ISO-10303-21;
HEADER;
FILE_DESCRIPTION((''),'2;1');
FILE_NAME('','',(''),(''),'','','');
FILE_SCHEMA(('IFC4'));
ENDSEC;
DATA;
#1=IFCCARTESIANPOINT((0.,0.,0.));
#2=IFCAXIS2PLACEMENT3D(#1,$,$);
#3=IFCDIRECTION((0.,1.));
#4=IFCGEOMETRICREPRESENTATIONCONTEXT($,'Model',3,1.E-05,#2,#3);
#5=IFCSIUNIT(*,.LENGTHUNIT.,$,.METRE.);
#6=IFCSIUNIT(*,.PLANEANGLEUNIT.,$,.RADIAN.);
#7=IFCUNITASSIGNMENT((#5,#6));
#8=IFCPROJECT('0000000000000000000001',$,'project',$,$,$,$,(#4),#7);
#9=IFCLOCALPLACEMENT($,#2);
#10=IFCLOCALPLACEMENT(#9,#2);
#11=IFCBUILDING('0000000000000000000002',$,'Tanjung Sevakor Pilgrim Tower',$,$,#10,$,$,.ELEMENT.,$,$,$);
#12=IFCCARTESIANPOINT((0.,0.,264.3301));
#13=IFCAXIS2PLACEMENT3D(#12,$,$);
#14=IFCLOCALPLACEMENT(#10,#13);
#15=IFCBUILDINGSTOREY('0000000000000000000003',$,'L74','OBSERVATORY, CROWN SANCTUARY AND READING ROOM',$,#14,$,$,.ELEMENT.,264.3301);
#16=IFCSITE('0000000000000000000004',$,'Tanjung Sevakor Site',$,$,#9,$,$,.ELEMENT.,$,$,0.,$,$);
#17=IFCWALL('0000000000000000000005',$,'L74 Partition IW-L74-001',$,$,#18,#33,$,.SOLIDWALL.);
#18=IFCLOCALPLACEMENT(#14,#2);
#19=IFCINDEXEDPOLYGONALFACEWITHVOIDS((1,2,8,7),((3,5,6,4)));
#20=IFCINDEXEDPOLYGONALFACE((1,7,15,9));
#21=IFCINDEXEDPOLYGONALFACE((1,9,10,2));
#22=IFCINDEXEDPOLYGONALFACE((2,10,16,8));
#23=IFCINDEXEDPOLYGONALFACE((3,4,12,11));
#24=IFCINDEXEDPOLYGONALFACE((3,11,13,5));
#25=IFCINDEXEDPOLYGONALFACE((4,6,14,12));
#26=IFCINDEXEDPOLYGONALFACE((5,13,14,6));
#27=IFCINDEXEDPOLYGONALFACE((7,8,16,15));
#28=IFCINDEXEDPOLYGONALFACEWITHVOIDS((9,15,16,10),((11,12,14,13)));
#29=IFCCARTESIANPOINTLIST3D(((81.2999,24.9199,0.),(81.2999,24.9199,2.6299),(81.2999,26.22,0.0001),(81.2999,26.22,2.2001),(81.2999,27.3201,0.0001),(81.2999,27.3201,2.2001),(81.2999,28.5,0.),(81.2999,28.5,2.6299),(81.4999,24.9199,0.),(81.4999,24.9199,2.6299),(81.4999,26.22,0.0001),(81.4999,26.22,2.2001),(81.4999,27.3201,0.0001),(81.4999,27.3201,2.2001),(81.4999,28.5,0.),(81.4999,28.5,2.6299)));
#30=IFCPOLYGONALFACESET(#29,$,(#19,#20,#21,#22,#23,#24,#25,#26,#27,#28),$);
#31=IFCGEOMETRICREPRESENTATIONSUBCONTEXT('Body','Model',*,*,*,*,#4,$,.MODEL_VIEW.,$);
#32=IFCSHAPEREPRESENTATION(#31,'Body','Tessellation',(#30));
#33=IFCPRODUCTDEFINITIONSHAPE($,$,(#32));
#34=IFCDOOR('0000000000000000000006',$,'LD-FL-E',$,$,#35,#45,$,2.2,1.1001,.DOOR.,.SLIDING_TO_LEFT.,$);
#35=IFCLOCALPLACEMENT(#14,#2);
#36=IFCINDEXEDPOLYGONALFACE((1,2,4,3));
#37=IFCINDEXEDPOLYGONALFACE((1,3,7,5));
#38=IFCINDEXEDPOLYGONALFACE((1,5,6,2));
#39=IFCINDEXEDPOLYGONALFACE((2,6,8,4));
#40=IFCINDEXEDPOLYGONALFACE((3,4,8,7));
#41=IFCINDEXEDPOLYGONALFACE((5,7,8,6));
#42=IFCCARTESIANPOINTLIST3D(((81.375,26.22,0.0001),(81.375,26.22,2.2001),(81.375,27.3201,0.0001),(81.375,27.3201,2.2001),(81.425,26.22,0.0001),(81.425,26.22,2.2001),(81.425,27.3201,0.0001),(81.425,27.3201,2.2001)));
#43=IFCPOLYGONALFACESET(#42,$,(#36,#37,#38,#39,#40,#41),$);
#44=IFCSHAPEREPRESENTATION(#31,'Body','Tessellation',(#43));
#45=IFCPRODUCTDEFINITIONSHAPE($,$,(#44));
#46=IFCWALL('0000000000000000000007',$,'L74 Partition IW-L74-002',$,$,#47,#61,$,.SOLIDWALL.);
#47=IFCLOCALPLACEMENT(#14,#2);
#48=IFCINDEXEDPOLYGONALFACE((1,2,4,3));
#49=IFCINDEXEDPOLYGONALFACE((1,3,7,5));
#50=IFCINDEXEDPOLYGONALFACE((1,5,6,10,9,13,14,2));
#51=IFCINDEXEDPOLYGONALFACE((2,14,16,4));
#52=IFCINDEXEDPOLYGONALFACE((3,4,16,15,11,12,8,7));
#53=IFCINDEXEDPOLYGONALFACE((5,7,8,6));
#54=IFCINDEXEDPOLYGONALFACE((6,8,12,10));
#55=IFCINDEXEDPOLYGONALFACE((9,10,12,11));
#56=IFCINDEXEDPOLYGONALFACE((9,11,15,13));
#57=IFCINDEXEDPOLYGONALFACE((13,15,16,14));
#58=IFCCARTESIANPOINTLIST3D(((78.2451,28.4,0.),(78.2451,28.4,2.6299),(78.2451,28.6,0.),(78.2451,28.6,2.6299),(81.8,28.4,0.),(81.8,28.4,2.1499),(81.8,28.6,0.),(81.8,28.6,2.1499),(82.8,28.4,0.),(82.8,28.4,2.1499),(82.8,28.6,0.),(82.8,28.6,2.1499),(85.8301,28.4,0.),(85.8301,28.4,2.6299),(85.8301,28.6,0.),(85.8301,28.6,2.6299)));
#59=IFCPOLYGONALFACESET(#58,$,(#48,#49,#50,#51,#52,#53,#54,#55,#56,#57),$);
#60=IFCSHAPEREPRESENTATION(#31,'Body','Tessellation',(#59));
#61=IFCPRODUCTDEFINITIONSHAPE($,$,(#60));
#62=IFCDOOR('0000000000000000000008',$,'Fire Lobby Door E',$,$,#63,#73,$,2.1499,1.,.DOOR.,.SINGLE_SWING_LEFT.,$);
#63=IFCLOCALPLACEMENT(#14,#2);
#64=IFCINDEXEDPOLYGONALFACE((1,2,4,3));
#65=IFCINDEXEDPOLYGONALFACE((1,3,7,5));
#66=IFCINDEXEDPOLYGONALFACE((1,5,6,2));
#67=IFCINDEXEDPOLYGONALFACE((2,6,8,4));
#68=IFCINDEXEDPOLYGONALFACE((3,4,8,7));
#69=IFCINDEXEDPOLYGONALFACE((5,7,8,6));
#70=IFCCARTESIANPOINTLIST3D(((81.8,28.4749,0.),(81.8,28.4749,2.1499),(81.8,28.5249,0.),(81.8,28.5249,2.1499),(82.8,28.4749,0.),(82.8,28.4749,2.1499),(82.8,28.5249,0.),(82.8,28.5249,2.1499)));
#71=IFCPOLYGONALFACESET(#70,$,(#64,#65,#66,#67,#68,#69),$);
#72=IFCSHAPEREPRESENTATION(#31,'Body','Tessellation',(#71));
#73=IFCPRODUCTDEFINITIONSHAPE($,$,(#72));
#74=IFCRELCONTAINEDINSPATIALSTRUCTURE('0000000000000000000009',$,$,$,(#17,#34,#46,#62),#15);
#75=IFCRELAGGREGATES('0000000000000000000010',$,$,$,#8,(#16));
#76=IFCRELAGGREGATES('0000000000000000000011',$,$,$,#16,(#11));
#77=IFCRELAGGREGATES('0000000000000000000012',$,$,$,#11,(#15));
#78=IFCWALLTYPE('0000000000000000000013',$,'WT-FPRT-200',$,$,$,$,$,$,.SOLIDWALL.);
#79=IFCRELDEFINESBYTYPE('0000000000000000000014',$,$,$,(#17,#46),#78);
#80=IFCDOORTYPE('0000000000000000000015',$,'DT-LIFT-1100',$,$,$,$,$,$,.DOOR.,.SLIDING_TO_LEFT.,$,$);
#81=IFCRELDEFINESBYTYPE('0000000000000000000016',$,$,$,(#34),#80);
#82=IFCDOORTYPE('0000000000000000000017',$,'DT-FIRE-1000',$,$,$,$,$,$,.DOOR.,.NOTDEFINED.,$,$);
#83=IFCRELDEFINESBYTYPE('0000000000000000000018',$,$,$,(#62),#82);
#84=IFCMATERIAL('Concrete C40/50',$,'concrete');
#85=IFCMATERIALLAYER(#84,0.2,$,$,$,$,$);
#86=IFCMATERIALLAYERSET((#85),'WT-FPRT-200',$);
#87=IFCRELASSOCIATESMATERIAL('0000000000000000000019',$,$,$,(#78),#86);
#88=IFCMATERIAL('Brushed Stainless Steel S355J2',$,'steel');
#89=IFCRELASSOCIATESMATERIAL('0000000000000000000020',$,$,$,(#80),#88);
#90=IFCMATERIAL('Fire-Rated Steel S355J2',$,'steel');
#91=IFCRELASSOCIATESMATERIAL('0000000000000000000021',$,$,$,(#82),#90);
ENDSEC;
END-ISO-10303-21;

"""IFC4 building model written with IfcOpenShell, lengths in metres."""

from ifc_helpers import new_model, si_unit, direction, frame, frame_2d, origin, place, context, subcontext, project, spatial, rectangle, extrude, material, layer, layer_set, type_object, element, fill, save


model = new_model("IFC4")

# Units and contexts
model_context = context("Model", 3, precision=1e-05, world=origin(), true_north=direction((0.0, 1.0)))
body_context = subcontext(model_context, "Body", "Model", "MODEL_VIEW")
ifc_project = project(units=[si_unit("LENGTHUNIT", "METRE"), si_unit("PLANEANGLEUNIT", "RADIAN")], contexts=[model_context])

# Site, building, storey
site_placement = place(None, origin())
site = spatial("IfcSite", under=ifc_project, at=site_placement, Name="Tanjung Sevakor Site", CompositionType="ELEMENT", RefElevation=0.0)
building_placement = place(site_placement, origin())
building = spatial("IfcBuilding", under=site, at=building_placement, Name="Tanjung Sevakor Pilgrim Tower", CompositionType="ELEMENT")
storey_placement = place(building_placement, frame((0.0, 0.0, 264.3301)))
storey = spatial("IfcBuildingStorey", under=building, at=storey_placement, Name="L74", Description="OBSERVATORY, CROWN SANCTUARY AND READING ROOM", CompositionType="ELEMENT", Elevation=264.3301)

# Walls, openings, doors
ifc_material_1 = material(Name="Concrete C40/50", Category="concrete")
ifc_layer_1 = layer(ifc_material_1, 0.2)
ifc_layer_set_1 = layer_set([ifc_layer_1], Name="WT-FPRT-200")
wall_type_1 = type_object("IfcWallType", Name="WT-FPRT-200", PredefinedType="SOLIDWALL", material=ifc_layer_set_1)
wall_1_placement = place(storey_placement, frame((81.3999, 24.9199, 0.0), z_axis=(0.0, 0.0, 1.0), x_axis=(0.0, 1.0, 0.0)))
wall_1 = element("IfcWall", 1, at=wall_1_placement, inside=storey, type_object=wall_type_1, Name="L74 Partition IW-L74-001", PredefinedType="SOLIDWALL", context=body_context, shape_type="SweptSolid", body=[
    extrude(rectangle(XDim=3.5801, YDim=0.2, at=frame_2d((1.79, 0.0))), origin(), (0.0, 0.0, 1.0), 2.6299),
])
opening_1_placement = place(wall_1_placement, frame((1.3, 0.0, 0.0)))
opening_1 = element("IfcOpeningElement", 2, at=opening_1_placement, cuts=wall_1, PredefinedType="OPENING", context=body_context, shape_type="SweptSolid", body=[
    extrude(rectangle(XDim=1.1001, YDim=2.2, at=frame_2d((0.55, 1.1001))), frame((0.0, 0.1099, 0.0), z_axis=(0.0, -1.0, 0.0), x_axis=(1.0, 0.0, 0.0)), (0.0, 0.0, 1.0), 0.22),
])
ifc_material_2 = material(Name="Brushed Stainless Steel S355J2", Category="steel")
door_type_1 = type_object("IfcDoorType", Name="DT-LIFT-1100", OperationType="SLIDING_TO_LEFT", PredefinedType="DOOR", material=ifc_material_2)
door_1_placement = place(opening_1_placement, origin())
door_1 = element("IfcDoor", 3, at=door_1_placement, inside=storey, type_object=door_type_1, Name="LD-FL-E", OperationType="SLIDING_TO_LEFT", OverallHeight=2.2, OverallWidth=1.1001, PredefinedType="DOOR", context=body_context, shape_type="SweptSolid", body=[
    extrude(rectangle(XDim=1.1001, YDim=2.2, at=frame_2d((0.55, 1.1001))), frame((0.0, 0.0249, 0.0), z_axis=(0.0, -1.0, 0.0), x_axis=(1.0, 0.0, 0.0)), (0.0, 0.0, 1.0), 0.05),
])
fill(opening_1, door_1)
wall_2_placement = place(storey_placement, frame((78.2451, 28.5, 0.0), z_axis=(0.0, 0.0, 1.0), x_axis=(1.0, 0.0, 0.0)))
wall_2 = element("IfcWall", 4, at=wall_2_placement, inside=storey, type_object=wall_type_1, Name="L74 Partition IW-L74-002", PredefinedType="SOLIDWALL", context=body_context, shape_type="SweptSolid", body=[
    extrude(rectangle(XDim=7.585, YDim=0.2, at=frame_2d((3.7925, 0.0))), origin(), (0.0, 0.0, 1.0), 2.6299),
])
opening_2_placement = place(wall_2_placement, frame((3.5549, 0.0, 0.0)))
opening_2 = element("IfcOpeningElement", 5, at=opening_2_placement, cuts=wall_2, PredefinedType="OPENING", context=body_context, shape_type="SweptSolid", body=[
    extrude(rectangle(XDim=1.0, YDim=2.1499, at=frame_2d((0.5, 1.075))), frame((0.0, 0.1099, 0.0), z_axis=(0.0, -1.0, 0.0), x_axis=(1.0, 0.0, 0.0)), (0.0, 0.0, 1.0), 0.22),
])
ifc_material_3 = material(Name="Fire-Rated Steel S355J2", Category="steel")
door_type_2 = type_object("IfcDoorType", Name="DT-FIRE-1000", OperationType="NOTDEFINED", PredefinedType="DOOR", material=ifc_material_3)
door_2_placement = place(opening_2_placement, origin())
door_2 = element("IfcDoor", 6, at=door_2_placement, inside=storey, type_object=door_type_2, Name="Fire Lobby Door E", OperationType="SINGLE_SWING_LEFT", OverallHeight=2.1499, OverallWidth=1.0, PredefinedType="DOOR", context=body_context, shape_type="SweptSolid", body=[
    extrude(rectangle(XDim=1.0, YDim=2.1499, at=frame_2d((0.5, 1.075))), frame((0.0, 0.0249, 0.0), z_axis=(0.0, -1.0, 0.0), x_axis=(1.0, 0.0, 0.0)), (0.0, 0.0, 1.0), 0.05),
])
fill(opening_2, door_2)

save(model, "model.ifc")
